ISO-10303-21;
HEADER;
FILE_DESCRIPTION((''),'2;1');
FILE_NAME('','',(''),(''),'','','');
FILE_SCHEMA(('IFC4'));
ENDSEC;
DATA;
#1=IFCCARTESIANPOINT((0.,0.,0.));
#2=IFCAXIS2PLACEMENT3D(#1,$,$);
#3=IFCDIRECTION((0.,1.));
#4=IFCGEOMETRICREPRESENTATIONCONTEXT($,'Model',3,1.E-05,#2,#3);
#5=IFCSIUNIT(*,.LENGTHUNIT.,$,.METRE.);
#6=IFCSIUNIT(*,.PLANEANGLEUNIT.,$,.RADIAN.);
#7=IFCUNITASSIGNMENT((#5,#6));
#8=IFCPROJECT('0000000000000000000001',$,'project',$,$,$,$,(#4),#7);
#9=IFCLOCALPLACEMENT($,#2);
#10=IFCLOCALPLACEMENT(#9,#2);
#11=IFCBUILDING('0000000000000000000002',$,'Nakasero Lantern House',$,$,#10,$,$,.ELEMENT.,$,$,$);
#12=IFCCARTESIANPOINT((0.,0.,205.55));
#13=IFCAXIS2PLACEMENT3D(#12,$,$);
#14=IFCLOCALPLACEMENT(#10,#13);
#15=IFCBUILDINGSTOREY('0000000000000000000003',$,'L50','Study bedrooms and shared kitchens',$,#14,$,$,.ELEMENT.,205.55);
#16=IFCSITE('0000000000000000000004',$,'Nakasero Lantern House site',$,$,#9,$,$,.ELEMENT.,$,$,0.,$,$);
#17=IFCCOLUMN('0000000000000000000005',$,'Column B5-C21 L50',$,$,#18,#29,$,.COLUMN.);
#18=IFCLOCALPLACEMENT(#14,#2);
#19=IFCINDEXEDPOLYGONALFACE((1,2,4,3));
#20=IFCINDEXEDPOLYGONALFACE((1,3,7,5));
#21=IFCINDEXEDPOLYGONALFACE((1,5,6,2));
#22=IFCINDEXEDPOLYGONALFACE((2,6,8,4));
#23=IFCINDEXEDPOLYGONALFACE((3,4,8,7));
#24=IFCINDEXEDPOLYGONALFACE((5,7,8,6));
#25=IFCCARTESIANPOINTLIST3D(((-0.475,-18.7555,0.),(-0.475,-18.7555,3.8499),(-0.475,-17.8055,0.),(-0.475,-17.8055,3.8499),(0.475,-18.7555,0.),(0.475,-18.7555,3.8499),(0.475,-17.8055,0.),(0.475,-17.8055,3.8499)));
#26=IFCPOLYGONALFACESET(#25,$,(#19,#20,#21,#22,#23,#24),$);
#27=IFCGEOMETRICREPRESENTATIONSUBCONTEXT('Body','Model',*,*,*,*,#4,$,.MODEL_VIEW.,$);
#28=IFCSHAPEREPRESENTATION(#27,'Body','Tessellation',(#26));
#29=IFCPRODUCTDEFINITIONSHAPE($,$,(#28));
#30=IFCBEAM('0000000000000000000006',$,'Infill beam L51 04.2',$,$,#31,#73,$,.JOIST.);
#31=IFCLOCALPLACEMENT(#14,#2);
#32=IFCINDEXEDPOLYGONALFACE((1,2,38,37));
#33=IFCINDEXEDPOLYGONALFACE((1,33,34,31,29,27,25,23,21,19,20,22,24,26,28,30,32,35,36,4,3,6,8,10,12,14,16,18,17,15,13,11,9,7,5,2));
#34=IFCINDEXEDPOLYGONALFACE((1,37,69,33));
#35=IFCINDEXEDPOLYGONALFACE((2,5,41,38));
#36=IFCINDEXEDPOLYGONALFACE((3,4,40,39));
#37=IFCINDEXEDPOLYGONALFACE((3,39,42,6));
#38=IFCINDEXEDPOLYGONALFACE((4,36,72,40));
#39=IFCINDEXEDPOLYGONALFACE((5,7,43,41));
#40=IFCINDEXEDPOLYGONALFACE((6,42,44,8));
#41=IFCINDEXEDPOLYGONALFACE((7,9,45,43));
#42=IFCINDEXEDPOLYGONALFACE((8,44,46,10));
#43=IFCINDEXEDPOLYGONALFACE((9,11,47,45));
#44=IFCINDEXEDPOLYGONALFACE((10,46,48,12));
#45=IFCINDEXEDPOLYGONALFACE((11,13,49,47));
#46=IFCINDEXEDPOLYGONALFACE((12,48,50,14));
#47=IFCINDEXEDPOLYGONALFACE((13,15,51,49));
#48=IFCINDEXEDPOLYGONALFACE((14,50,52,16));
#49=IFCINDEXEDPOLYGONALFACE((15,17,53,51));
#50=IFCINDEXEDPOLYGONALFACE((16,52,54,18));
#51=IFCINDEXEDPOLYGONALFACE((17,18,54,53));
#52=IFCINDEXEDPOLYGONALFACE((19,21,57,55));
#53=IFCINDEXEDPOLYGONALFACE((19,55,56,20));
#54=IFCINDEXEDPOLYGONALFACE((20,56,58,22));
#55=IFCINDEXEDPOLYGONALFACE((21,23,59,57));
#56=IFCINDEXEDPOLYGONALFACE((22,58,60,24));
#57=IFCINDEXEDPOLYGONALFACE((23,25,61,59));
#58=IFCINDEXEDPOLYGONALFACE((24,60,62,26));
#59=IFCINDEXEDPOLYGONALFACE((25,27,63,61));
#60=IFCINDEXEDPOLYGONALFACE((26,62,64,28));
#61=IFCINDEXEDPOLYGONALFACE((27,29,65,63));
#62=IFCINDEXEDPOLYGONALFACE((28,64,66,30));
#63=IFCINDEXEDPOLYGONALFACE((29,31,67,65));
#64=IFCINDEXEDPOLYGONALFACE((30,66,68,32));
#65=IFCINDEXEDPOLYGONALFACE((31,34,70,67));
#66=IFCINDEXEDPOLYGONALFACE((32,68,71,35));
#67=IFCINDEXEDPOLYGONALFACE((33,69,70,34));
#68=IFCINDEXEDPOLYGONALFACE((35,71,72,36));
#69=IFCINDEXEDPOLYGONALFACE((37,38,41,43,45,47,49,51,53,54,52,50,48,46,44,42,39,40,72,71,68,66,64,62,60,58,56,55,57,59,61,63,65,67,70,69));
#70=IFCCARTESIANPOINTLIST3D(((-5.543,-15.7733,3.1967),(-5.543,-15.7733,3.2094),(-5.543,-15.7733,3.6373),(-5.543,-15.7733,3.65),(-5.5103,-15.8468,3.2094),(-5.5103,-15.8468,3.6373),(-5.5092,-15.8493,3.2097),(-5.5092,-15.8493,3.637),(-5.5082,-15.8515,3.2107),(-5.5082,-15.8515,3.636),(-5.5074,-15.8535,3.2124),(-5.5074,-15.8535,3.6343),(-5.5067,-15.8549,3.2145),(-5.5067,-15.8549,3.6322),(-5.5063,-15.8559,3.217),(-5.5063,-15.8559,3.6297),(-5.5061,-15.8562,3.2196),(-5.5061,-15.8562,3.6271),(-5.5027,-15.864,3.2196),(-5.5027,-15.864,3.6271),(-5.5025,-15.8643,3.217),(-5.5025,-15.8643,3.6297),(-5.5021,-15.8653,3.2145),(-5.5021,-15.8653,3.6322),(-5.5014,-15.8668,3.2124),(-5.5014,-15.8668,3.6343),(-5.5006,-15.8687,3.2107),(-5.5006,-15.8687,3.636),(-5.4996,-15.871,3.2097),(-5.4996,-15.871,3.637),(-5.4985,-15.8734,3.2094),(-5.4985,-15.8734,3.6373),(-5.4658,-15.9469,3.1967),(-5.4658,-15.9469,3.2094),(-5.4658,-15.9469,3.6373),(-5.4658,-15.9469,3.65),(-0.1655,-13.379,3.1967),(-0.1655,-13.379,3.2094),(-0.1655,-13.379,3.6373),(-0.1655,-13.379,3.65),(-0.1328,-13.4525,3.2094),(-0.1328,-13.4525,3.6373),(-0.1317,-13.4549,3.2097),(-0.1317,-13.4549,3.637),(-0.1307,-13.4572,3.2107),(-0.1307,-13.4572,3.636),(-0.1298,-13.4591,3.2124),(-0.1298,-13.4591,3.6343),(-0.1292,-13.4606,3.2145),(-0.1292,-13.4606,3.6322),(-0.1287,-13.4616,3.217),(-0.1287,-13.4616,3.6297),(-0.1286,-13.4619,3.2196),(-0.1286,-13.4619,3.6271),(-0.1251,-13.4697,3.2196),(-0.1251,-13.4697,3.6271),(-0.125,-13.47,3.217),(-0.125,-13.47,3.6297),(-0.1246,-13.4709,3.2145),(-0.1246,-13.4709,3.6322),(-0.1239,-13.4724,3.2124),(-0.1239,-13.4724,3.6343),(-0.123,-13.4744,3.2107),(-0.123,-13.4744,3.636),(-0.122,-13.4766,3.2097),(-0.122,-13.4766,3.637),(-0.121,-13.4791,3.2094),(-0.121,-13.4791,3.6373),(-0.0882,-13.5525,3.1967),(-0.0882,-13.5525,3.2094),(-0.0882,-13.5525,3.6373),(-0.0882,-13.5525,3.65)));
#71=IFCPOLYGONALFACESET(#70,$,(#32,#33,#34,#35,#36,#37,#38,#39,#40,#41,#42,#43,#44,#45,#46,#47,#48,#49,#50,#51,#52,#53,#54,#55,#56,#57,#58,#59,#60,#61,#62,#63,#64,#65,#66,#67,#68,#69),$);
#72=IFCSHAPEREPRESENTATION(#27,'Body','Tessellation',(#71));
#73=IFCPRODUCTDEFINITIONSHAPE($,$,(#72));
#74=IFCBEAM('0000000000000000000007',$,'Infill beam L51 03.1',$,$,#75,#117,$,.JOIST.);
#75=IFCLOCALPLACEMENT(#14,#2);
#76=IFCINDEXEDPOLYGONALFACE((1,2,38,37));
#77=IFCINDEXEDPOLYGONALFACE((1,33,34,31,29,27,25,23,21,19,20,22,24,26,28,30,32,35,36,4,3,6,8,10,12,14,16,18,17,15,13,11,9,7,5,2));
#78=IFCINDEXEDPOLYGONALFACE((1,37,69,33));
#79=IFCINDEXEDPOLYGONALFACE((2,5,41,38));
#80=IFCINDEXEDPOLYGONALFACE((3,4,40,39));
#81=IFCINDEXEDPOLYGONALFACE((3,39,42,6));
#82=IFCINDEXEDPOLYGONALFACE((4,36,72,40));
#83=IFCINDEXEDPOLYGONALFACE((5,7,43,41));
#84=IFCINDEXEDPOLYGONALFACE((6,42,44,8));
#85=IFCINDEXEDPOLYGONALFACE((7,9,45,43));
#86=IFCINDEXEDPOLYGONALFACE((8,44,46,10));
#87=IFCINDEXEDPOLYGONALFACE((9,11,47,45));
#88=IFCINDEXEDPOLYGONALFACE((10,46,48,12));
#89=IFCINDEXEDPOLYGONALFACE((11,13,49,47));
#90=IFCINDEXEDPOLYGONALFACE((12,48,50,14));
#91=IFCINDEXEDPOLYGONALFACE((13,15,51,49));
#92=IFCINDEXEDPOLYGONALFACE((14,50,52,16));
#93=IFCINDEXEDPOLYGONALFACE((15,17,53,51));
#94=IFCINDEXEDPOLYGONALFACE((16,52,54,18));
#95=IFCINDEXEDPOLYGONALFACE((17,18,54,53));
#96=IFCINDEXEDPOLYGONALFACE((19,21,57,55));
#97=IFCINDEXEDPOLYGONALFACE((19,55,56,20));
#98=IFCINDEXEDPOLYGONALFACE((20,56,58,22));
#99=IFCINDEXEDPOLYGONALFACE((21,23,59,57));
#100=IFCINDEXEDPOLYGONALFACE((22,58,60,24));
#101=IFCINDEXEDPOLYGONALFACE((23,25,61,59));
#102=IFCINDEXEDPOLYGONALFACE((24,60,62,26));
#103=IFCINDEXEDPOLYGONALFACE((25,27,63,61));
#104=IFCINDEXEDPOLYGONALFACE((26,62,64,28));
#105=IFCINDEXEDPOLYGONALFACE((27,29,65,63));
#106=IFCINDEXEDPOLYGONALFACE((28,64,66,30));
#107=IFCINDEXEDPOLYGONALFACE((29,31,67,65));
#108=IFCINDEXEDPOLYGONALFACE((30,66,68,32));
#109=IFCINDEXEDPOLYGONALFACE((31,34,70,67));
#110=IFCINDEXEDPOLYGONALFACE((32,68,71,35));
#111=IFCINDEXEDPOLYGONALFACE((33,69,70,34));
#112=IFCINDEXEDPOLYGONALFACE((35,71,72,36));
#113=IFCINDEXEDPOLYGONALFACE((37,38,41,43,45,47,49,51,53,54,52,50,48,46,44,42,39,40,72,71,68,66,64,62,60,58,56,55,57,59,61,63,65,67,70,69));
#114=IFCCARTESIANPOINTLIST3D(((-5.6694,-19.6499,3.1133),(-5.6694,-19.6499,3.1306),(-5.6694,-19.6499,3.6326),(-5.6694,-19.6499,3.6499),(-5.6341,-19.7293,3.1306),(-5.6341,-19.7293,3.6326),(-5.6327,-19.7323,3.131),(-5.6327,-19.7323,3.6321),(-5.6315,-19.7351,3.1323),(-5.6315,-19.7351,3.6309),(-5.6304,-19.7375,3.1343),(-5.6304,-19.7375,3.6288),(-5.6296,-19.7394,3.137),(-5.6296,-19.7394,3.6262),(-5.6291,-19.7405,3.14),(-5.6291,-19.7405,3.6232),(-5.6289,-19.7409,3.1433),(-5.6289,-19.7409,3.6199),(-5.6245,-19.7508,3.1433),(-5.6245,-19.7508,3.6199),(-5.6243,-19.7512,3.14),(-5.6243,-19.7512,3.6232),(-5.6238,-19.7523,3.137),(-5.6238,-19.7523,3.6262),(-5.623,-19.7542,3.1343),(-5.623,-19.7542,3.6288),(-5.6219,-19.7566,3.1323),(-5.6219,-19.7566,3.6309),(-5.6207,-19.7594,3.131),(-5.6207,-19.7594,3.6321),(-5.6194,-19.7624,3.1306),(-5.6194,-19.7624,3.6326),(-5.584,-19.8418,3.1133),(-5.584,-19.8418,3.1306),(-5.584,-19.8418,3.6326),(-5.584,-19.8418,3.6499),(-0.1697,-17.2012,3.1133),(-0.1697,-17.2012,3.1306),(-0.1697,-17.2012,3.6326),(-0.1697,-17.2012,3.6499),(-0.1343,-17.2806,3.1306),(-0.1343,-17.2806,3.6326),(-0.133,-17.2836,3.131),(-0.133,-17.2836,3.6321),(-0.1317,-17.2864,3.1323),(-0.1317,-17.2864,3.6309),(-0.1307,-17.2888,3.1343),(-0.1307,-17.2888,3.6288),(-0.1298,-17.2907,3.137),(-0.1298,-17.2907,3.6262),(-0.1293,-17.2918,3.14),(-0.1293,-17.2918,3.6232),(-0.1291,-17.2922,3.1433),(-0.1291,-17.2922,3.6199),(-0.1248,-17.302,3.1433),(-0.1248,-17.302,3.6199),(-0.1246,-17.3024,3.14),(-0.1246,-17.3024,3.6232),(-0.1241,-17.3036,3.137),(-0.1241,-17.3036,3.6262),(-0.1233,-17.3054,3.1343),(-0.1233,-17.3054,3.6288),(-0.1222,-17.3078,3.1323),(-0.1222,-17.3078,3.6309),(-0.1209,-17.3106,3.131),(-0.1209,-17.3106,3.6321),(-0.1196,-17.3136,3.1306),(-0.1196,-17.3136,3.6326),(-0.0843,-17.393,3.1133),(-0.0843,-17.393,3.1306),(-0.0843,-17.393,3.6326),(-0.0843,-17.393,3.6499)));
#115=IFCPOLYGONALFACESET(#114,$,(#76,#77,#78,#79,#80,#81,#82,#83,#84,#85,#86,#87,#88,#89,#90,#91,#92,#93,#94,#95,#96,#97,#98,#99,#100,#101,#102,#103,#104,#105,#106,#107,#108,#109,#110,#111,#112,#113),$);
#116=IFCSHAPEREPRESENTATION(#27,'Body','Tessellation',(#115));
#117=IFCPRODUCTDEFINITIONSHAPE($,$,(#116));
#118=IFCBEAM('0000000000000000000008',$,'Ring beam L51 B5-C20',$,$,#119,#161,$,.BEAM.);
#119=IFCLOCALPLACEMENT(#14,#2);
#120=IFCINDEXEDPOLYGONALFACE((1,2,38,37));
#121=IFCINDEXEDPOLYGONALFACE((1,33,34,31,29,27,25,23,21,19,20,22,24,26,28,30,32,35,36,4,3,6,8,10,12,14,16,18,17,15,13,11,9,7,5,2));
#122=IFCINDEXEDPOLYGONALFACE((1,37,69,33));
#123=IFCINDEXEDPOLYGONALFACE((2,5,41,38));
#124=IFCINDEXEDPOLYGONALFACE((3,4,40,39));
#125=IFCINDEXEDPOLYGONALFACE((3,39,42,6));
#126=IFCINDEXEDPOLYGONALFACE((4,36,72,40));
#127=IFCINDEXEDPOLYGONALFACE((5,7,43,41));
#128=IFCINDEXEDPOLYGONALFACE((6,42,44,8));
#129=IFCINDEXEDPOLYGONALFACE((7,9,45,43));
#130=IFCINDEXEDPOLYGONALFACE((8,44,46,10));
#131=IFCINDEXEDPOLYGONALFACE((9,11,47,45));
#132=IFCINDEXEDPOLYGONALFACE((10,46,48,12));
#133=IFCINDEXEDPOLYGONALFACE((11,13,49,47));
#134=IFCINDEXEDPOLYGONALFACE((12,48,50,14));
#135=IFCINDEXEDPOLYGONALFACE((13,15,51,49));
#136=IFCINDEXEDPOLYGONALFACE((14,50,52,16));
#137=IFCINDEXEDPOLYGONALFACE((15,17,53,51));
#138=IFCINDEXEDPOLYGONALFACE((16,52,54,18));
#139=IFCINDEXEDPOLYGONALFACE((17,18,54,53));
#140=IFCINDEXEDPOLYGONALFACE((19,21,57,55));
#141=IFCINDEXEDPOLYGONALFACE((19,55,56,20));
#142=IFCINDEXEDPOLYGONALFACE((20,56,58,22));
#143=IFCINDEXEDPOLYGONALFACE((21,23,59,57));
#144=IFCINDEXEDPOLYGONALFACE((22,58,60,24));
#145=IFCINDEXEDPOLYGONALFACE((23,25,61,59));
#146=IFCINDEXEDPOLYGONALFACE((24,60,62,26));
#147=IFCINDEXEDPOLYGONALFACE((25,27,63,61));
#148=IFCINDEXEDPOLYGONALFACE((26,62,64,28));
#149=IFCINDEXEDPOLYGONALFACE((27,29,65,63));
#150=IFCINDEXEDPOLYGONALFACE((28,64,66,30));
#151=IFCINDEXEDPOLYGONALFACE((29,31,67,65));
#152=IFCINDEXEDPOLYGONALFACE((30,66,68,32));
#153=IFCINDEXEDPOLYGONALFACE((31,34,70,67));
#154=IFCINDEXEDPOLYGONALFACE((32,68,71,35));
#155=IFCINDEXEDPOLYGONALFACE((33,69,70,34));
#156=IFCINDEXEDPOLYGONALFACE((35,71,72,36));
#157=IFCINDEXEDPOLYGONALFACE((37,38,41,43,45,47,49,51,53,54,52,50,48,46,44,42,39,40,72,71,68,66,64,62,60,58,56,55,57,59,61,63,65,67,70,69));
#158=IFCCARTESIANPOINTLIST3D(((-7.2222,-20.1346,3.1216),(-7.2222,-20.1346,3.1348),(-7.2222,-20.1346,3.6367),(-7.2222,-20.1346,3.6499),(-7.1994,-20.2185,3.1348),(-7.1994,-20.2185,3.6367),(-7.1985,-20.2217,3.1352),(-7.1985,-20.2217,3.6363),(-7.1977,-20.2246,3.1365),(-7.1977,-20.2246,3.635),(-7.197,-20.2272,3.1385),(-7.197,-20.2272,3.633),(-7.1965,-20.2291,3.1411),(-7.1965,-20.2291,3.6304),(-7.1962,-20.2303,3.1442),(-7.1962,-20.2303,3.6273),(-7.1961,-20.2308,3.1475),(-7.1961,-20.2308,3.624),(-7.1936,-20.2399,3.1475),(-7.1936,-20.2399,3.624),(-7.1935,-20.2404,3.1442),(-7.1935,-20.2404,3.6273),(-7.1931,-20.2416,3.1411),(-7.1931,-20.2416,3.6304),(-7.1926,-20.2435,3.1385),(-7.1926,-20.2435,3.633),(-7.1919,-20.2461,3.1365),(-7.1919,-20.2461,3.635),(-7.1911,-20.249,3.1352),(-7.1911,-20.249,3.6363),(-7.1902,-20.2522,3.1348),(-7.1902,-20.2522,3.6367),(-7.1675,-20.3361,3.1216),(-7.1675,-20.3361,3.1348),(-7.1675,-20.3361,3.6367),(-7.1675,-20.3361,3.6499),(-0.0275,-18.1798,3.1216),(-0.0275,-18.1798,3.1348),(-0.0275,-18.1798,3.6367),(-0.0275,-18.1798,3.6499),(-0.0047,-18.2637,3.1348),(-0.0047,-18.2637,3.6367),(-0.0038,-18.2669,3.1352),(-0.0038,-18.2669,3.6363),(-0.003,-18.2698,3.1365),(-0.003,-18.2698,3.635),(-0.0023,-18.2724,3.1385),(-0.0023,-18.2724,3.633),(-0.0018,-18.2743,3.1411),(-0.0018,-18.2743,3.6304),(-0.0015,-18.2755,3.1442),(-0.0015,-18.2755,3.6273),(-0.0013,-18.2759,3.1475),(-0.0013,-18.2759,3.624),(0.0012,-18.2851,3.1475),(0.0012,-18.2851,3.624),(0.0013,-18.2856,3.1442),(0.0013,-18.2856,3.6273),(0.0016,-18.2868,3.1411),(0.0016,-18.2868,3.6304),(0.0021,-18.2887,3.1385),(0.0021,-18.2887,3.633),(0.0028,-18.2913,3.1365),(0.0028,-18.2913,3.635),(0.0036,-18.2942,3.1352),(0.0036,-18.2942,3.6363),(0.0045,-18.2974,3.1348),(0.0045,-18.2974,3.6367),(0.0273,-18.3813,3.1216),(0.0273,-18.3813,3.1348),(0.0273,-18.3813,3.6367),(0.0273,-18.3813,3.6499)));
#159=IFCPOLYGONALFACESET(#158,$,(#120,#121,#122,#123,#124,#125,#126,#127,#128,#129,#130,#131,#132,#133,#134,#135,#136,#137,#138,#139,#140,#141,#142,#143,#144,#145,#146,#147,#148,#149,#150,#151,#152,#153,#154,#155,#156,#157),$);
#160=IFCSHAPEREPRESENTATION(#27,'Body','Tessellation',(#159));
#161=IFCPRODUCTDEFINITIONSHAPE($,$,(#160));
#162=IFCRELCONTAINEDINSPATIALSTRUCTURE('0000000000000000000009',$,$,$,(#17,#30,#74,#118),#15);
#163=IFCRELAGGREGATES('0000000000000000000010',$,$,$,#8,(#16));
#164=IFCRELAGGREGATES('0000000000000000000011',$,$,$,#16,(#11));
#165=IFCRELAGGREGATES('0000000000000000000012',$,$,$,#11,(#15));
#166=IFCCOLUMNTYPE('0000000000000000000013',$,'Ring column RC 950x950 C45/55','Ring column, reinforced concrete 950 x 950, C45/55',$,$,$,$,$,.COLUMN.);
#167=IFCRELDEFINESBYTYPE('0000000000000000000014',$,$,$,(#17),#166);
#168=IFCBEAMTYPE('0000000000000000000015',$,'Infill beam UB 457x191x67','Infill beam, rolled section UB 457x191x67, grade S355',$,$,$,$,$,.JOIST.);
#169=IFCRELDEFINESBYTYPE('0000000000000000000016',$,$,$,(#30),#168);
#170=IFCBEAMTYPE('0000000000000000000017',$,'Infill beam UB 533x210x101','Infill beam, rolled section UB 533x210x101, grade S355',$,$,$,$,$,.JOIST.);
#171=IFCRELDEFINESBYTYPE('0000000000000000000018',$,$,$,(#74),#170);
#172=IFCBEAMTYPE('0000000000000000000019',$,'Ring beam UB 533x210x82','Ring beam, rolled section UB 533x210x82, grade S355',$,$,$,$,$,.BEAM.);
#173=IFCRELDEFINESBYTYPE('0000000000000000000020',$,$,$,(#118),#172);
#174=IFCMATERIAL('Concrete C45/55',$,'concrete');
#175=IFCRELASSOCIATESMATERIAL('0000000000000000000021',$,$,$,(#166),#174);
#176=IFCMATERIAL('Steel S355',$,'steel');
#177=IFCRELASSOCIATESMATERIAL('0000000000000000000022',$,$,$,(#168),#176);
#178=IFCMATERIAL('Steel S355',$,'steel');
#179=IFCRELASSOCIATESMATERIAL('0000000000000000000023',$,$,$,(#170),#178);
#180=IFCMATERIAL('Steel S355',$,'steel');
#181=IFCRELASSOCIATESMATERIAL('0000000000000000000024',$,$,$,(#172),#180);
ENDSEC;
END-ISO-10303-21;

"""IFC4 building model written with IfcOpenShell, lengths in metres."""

from ifc_helpers import new_model, si_unit, direction, frame, origin, origin_2d, place, context, subcontext, project, spatial, rectangle, i_section, extrude, material, material_profile, profile_set, type_object, element, save


model = new_model("IFC4")

# Units and contexts
model_context = context("Model", 3, precision=1e-05, world=origin(), true_north=direction((0.0, 1.0)))
body_context = subcontext(model_context, "Body", "Model", "MODEL_VIEW")
ifc_project = project(units=[si_unit("LENGTHUNIT", "METRE"), si_unit("PLANEANGLEUNIT", "RADIAN")], contexts=[model_context])

# Site, building, storey
site_placement = place(None, origin())
site = spatial("IfcSite", under=ifc_project, at=site_placement, Name="Nakasero Lantern House site", CompositionType="ELEMENT", RefElevation=0.0)
building_placement = place(site_placement, origin())
building = spatial("IfcBuilding", under=site, at=building_placement, Name="Nakasero Lantern House", CompositionType="ELEMENT")
storey_placement = place(building_placement, frame((0.0, 0.0, 205.55)))
storey = spatial("IfcBuildingStorey", under=building, at=storey_placement, Name="L50", Description="Study bedrooms and shared kitchens", CompositionType="ELEMENT", Elevation=205.55)

# Column
ifc_material_1 = material(Name="Concrete C45/55", Category="concrete")
ifc_material_profile_1 = material_profile(ifc_material_1, rectangle(XDim=0.95, YDim=0.95, at=origin_2d()), Name="RC 950x950")
ifc_profile_set_1 = profile_set([ifc_material_profile_1], Name="Concrete C45/55")
column_type = type_object("IfcColumnType", Name="Ring column RC 950x950 C45/55", Description="Ring column, reinforced concrete 950 x 950, C45/55", PredefinedType="COLUMN", material=ifc_profile_set_1)
column_placement = place(storey_placement, frame((0.0, -18.2805, 0.0), z_axis=(0.0, 0.0, 1.0), x_axis=(1.0, 0.0, 0.0)))
element("IfcColumn", 1, at=column_placement, inside=storey, type_object=column_type, Name="Column B5-C21 L50", PredefinedType="COLUMN", context=body_context, shape_type="SweptSolid", body=[
    extrude(rectangle(XDim=0.95, YDim=0.95, at=origin_2d()), origin(), (0.0, 0.0, 1.0), 3.8499),
])

# Beams
ifc_material_2 = material(Name="Steel S355", Category="steel")
ifc_material_profile_2 = material_profile(ifc_material_2, i_section(OverallWidth=0.1899, OverallDepth=0.4534, WebThickness=0.0085, FlangeThickness=0.0127, FilletRadius=0.0103, at=origin_2d()), Name="UB 457x191x67")
ifc_profile_set_2 = profile_set([ifc_material_profile_2], Name="Steel S355")
beam_type_1 = type_object("IfcBeamType", Name="Infill beam UB 457x191x67", Description="Infill beam, rolled section UB 457x191x67, grade S355", PredefinedType="JOIST", material=ifc_profile_set_2)
beam_1_placement = place(storey_placement, frame((-5.5044, -15.8601, 3.4233), z_axis=(0.913539, 0.40675, 0.0), x_axis=(-0.40675, 0.913539, 0.0)))
element("IfcBeam", 2, at=beam_1_placement, inside=storey, type_object=beam_type_1, Name="Infill beam L51 04.2", PredefinedType="JOIST", context=body_context, shape_type="SweptSolid", body=[
    extrude(i_section(OverallWidth=0.1899, OverallDepth=0.4534, WebThickness=0.0085, FlangeThickness=0.0127, FilletRadius=0.0103, at=origin_2d()), origin(), (0.0, 0.0, 1.0), 5.8865),
])
ifc_material_3 = material(Name="Steel S355", Category="steel")
ifc_material_profile_3 = material_profile(ifc_material_3, i_section(OverallWidth=0.21, OverallDepth=0.5366, WebThickness=0.0107, FlangeThickness=0.0173, FilletRadius=0.0127, at=origin_2d()), Name="UB 533x210x101")
ifc_profile_set_3 = profile_set([ifc_material_profile_3], Name="Steel S355")
beam_type_2 = type_object("IfcBeamType", Name="Infill beam UB 533x210x101", Description="Infill beam, rolled section UB 533x210x101, grade S355", PredefinedType="JOIST", material=ifc_profile_set_3)
beam_2_placement = place(storey_placement, frame((-5.6267, -19.7458, 3.3816), z_axis=(0.91354, 0.406748, 0.0), x_axis=(-0.406748, 0.91354, 0.0)))
element("IfcBeam", 3, at=beam_2_placement, inside=storey, type_object=beam_type_2, Name="Infill beam L51 03.1", PredefinedType="JOIST", context=body_context, shape_type="SweptSolid", body=[
    extrude(i_section(OverallWidth=0.21, OverallDepth=0.5366, WebThickness=0.0107, FlangeThickness=0.0173, FilletRadius=0.0127, at=origin_2d()), origin(), (0.0, 0.0, 1.0), 6.0203),
])
ifc_material_4 = material(Name="Steel S355", Category="steel")
ifc_material_profile_4 = material_profile(ifc_material_4, i_section(OverallWidth=0.2087, OverallDepth=0.5283, WebThickness=0.0095, FlangeThickness=0.0132, FilletRadius=0.0127, at=origin_2d()), Name="UB 533x210x82")
ifc_profile_set_4 = profile_set([ifc_material_profile_4], Name="Steel S355")
beam_type_3 = type_object("IfcBeamType", Name="Ring beam UB 533x210x82", Description="Ring beam, rolled section UB 533x210x82, grade S355", PredefinedType="BEAM", material=ifc_profile_set_4)
beam_3_placement = place(storey_placement, frame((-7.1948, -20.2354, 3.3857), z_axis=(0.965015, 0.262195, 0.0), x_axis=(-0.262195, 0.965015, 0.0)))
element("IfcBeam", 4, at=beam_3_placement, inside=storey, type_object=beam_type_3, Name="Ring beam L51 B5-C20", PredefinedType="BEAM", context=body_context, shape_type="SweptSolid", body=[
    extrude(i_section(OverallWidth=0.2087, OverallDepth=0.5283, WebThickness=0.0095, FlangeThickness=0.0132, FilletRadius=0.0127, at=origin_2d()), origin(), (0.0, 0.0, 1.0), 7.4556),
])

save(model, "model.ifc")
